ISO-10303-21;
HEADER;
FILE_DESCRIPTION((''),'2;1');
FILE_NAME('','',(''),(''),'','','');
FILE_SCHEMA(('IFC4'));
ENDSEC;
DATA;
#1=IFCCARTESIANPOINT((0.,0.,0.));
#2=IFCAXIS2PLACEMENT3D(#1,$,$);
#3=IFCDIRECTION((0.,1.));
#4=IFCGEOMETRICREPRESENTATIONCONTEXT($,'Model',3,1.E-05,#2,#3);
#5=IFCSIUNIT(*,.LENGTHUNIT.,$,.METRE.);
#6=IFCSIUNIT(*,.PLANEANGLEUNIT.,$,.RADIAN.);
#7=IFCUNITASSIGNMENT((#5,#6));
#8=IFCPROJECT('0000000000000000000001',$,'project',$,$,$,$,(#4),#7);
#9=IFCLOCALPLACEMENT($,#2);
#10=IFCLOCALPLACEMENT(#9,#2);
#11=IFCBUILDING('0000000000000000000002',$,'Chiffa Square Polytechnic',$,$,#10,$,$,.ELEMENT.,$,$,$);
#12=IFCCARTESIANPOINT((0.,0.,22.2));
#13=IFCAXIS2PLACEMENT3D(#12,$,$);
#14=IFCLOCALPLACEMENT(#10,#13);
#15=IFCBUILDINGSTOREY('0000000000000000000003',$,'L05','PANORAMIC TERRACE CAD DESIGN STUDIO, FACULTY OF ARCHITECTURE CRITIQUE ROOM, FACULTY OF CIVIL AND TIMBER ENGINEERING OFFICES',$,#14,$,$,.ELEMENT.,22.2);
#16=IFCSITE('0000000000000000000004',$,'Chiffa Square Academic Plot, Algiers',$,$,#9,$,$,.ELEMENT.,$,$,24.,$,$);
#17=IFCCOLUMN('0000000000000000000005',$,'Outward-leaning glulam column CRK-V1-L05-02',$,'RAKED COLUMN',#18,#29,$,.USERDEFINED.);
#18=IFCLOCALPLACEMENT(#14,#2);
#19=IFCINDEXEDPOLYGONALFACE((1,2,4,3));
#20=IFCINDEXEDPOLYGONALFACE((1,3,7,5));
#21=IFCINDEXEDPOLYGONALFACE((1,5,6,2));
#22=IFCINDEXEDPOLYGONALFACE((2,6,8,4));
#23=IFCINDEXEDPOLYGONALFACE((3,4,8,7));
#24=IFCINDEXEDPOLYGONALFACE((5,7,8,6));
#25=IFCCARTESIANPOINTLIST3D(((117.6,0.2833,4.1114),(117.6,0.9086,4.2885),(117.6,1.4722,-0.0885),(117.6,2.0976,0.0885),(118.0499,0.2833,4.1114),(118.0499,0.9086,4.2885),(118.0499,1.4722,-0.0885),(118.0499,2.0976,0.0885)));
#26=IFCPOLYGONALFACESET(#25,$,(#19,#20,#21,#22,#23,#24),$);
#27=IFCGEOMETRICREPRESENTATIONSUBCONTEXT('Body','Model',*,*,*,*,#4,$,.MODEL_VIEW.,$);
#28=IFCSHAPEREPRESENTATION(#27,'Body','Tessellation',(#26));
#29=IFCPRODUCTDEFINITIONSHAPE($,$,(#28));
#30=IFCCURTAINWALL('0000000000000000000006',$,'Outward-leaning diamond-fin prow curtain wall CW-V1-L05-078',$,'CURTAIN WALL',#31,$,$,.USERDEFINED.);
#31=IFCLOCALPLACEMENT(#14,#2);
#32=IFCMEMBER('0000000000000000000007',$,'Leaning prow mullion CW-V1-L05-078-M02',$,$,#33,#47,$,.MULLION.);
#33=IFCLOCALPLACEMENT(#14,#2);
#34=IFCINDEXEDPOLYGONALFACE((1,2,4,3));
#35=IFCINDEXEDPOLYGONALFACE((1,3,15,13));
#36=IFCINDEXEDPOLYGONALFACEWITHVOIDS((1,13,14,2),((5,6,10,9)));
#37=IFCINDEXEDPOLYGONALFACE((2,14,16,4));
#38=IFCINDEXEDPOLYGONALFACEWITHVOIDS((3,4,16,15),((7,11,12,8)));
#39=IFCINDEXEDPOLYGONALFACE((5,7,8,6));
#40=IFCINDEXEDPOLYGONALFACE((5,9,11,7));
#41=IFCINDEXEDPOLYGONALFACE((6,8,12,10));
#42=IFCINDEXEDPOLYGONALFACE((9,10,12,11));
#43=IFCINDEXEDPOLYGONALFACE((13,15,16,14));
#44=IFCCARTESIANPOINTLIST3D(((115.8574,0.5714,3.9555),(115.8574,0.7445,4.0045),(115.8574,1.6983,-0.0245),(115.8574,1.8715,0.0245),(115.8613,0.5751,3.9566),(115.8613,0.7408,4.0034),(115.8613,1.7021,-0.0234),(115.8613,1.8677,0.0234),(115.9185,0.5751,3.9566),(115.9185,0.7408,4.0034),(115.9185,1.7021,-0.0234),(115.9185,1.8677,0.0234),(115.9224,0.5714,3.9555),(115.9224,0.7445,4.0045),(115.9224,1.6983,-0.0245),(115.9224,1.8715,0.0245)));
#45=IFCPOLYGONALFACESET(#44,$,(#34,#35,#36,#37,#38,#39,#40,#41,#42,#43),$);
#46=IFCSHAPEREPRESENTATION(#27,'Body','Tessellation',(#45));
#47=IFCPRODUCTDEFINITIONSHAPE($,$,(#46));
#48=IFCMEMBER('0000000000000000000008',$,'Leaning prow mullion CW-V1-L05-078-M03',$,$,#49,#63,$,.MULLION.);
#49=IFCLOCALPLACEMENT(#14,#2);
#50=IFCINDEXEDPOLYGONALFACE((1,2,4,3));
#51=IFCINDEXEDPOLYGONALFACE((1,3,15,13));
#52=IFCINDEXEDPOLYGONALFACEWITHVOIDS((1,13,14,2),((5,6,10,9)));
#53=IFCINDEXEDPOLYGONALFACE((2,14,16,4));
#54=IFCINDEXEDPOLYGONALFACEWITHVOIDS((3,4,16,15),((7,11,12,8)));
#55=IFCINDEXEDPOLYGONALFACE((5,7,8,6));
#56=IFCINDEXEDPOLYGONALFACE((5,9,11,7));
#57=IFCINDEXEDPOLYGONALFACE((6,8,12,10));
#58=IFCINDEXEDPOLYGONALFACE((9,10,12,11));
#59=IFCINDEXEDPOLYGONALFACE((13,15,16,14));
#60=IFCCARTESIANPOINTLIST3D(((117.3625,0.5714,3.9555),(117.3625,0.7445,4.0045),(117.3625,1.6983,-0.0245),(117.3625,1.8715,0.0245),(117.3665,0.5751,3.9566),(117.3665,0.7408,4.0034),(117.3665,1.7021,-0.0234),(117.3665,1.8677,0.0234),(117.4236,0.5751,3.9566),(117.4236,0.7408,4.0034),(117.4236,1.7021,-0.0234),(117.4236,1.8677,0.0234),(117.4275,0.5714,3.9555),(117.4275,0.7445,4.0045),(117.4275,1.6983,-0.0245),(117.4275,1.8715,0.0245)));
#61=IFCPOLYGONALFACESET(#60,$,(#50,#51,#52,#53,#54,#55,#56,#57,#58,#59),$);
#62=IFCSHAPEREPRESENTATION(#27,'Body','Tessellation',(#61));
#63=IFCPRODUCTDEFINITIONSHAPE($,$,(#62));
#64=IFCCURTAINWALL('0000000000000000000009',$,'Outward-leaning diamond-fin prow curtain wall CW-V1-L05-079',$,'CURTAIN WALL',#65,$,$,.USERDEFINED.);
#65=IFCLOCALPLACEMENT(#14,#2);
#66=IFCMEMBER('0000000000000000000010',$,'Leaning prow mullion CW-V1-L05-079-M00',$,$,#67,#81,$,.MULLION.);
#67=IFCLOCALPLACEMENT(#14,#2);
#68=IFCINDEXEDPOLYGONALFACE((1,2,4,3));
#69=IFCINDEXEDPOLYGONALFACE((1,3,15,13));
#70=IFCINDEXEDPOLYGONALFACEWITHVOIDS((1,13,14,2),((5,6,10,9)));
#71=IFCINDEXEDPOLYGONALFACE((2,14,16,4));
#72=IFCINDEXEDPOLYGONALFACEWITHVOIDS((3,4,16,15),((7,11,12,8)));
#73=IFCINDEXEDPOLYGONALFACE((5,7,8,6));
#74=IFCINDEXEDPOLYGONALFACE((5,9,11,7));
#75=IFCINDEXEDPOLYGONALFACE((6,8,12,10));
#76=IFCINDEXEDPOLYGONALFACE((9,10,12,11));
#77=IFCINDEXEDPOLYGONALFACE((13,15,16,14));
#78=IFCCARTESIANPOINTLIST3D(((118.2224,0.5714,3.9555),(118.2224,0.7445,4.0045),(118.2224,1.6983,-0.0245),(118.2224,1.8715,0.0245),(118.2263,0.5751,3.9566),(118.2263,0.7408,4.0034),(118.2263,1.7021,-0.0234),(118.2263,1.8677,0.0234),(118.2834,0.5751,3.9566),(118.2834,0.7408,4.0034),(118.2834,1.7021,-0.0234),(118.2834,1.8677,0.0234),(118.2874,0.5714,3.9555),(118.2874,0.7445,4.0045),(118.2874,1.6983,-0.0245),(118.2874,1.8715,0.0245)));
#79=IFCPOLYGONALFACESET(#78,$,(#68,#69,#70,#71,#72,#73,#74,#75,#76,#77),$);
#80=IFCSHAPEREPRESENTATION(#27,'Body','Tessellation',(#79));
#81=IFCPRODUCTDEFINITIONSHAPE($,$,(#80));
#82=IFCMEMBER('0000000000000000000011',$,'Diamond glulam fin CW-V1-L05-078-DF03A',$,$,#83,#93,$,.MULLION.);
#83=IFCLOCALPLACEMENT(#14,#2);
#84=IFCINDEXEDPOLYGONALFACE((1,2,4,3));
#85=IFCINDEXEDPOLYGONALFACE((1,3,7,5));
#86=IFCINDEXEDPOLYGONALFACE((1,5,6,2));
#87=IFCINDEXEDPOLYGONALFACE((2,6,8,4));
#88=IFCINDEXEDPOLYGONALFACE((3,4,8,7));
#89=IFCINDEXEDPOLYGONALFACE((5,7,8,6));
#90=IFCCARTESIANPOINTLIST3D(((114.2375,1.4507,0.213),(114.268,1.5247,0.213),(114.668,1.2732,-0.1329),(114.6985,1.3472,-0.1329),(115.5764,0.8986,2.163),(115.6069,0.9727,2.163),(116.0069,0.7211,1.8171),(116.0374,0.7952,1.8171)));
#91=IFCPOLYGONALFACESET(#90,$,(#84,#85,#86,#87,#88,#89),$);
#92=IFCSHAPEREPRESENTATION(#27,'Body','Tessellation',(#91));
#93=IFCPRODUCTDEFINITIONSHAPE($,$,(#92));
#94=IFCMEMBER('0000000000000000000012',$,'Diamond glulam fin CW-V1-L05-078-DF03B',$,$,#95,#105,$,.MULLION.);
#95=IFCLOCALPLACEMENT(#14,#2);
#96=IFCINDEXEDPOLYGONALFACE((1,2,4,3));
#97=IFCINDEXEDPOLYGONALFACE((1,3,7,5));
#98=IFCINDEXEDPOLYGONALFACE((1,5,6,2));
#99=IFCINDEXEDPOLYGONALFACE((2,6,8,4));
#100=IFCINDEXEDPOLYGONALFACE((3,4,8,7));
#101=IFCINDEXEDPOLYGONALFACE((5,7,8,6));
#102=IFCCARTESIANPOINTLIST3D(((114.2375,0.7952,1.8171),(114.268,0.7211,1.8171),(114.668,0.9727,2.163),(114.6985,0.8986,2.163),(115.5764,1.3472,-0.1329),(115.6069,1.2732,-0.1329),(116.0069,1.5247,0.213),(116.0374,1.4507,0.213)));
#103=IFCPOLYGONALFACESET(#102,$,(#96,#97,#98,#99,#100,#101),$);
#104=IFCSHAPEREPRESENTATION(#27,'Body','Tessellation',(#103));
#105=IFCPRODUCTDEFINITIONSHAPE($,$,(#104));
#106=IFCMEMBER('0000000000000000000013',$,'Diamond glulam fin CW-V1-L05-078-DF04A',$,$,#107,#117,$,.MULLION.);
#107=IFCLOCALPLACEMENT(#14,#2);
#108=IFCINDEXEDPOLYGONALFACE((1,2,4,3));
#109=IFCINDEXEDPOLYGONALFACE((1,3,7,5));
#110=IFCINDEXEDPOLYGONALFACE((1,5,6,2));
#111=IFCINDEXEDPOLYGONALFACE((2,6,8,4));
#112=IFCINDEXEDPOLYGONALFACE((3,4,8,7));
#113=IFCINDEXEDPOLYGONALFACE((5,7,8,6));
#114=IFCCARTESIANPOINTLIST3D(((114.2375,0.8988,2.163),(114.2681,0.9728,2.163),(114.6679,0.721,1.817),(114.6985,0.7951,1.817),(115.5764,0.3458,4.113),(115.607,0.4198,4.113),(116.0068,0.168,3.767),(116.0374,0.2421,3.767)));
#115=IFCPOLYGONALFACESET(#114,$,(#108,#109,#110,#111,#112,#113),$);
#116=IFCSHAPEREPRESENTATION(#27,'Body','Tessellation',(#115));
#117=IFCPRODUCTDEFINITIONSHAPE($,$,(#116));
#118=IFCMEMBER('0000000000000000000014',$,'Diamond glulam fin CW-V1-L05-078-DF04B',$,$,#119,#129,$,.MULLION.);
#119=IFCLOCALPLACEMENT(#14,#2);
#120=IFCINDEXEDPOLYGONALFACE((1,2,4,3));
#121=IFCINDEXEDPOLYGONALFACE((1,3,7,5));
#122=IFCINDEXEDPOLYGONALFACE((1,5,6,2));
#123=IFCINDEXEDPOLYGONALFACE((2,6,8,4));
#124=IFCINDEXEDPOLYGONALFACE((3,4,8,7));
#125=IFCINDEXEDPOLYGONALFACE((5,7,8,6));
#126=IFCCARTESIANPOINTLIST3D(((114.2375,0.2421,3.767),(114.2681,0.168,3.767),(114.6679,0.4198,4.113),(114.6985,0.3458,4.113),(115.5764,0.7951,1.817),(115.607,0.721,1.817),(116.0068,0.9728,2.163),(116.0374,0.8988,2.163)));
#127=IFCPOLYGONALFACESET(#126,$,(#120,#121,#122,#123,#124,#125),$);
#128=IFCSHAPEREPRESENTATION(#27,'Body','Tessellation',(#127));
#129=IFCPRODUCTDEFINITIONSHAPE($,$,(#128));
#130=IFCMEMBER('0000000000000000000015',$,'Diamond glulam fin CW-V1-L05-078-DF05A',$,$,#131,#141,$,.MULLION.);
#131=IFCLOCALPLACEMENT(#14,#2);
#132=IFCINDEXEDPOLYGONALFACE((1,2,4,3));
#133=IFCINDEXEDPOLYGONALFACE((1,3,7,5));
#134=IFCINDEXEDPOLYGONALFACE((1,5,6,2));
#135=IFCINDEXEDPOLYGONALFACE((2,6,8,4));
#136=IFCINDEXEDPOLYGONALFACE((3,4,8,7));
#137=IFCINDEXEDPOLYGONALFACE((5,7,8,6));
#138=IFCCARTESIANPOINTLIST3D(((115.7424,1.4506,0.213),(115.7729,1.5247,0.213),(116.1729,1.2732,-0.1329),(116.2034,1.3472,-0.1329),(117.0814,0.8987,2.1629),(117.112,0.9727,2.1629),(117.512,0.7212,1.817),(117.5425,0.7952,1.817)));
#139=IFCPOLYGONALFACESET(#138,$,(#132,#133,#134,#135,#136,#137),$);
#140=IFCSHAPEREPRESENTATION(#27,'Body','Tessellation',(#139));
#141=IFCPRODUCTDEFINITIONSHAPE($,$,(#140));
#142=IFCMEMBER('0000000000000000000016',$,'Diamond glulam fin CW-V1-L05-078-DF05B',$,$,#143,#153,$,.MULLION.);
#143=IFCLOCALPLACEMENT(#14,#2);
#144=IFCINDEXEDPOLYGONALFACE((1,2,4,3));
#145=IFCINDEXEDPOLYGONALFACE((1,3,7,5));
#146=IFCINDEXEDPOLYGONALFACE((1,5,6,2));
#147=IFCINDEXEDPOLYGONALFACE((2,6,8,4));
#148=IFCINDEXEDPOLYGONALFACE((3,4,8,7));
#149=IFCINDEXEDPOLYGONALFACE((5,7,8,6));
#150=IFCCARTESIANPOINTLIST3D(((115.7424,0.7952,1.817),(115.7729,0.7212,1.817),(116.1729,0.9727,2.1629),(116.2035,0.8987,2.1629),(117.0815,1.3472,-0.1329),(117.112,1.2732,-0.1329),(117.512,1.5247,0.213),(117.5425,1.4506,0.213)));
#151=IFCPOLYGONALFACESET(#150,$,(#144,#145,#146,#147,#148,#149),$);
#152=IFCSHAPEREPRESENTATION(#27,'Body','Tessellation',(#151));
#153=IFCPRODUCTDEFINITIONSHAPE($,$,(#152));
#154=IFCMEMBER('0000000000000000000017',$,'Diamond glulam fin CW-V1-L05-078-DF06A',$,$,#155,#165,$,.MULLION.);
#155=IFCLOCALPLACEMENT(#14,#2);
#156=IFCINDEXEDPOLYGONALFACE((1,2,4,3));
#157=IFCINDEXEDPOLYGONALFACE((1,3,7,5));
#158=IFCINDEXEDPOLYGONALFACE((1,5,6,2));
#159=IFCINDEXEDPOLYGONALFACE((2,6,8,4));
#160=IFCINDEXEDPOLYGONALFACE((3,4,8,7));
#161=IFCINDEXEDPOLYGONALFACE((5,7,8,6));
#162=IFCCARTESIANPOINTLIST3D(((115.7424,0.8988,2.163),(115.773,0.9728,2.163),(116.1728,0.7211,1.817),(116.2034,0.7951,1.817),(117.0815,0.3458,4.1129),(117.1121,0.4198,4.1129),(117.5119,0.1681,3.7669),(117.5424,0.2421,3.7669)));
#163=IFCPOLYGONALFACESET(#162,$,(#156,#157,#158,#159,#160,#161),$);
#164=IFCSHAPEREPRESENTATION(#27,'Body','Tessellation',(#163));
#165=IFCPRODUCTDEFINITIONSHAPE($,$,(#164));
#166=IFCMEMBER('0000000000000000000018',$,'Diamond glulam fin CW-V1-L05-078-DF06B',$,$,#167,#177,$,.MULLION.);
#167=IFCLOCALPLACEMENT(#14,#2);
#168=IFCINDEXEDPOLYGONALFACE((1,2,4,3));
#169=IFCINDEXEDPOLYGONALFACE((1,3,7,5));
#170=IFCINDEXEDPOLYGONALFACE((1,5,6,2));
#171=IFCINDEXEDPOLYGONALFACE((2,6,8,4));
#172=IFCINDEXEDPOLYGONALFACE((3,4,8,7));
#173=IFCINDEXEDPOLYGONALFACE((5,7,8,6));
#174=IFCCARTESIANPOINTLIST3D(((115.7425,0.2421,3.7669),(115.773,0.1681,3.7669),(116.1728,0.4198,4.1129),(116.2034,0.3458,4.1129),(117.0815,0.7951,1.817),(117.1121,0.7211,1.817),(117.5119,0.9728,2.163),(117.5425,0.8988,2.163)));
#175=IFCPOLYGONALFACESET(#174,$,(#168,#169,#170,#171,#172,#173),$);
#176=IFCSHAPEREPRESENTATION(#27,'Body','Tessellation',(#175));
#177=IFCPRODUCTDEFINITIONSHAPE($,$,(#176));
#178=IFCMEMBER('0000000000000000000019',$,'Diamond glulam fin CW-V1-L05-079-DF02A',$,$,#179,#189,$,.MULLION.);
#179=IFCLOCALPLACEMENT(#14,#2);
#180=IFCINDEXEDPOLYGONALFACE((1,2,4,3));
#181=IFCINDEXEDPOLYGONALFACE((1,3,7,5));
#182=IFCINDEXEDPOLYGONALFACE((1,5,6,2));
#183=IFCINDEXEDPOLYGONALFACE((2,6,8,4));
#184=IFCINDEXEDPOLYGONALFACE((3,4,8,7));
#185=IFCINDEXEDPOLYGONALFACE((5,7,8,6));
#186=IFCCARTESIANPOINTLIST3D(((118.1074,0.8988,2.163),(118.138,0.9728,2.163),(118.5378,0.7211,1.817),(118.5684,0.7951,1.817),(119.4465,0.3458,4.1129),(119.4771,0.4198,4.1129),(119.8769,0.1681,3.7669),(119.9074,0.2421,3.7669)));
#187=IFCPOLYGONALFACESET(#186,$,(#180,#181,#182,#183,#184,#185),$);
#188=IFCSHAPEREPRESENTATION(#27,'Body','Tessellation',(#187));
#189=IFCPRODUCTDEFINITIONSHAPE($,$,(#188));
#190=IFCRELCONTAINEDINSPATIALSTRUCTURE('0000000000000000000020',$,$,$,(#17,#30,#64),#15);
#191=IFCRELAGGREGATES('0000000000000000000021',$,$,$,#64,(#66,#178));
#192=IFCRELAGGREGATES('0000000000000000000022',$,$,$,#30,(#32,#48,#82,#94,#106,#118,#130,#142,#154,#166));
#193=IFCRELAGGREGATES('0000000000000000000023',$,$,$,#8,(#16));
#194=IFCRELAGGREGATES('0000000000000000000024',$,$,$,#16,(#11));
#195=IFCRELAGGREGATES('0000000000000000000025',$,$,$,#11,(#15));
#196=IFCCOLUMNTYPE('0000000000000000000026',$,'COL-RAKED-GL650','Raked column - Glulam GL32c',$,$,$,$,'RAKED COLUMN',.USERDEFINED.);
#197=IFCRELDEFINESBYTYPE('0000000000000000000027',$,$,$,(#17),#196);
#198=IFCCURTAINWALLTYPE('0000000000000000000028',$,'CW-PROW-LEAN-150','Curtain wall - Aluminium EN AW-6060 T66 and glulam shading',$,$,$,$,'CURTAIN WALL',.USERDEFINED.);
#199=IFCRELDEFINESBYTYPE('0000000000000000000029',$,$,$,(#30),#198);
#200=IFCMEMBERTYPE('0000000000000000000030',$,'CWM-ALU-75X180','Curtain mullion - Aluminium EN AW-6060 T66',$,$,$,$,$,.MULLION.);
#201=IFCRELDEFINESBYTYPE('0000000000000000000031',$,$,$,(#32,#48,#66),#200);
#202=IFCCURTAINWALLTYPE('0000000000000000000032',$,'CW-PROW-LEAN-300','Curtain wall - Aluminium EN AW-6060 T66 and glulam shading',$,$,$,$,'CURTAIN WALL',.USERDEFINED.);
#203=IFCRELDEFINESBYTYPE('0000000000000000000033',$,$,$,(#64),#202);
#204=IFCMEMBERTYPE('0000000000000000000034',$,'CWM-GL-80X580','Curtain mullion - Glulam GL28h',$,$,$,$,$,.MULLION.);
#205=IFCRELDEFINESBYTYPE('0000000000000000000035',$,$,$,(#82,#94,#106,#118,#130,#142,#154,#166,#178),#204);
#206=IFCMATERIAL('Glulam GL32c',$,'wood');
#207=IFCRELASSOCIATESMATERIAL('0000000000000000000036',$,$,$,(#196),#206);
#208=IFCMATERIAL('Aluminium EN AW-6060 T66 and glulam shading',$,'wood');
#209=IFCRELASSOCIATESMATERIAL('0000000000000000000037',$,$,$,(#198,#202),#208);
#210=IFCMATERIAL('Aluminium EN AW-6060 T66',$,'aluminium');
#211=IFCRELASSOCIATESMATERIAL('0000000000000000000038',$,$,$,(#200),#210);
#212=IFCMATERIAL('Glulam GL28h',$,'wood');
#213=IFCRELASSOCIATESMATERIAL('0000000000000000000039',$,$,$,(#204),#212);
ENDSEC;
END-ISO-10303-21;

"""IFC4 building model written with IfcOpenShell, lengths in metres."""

from ifc_helpers import new_model, si_unit, direction, frame, origin, origin_2d, place, context, subcontext, project, spatial, rectangle, hollow_rectangle, extrude, material, material_profile, profile_set, type_object, element, aggregate, save


model = new_model("IFC4")

# Units and contexts
model_context = context("Model", 3, precision=1e-05, world=origin(), true_north=direction((0.0, 1.0)))
body_context = subcontext(model_context, "Body", "Model", "MODEL_VIEW")
ifc_project = project(units=[si_unit("LENGTHUNIT", "METRE"), si_unit("PLANEANGLEUNIT", "RADIAN")], contexts=[model_context])

# Site, building, storey
site_placement = place(None, origin())
site = spatial("IfcSite", under=ifc_project, at=site_placement, Name="Chiffa Square Academic Plot, Algiers", CompositionType="ELEMENT", RefElevation=24.0)
building_placement = place(site_placement, origin())
building = spatial("IfcBuilding", under=site, at=building_placement, Name="Chiffa Square Polytechnic", CompositionType="ELEMENT")
storey_placement = place(building_placement, frame((0.0, 0.0, 22.2)))
storey = spatial("IfcBuildingStorey", under=building, at=storey_placement, Name="L05", Description="PANORAMIC TERRACE CAD DESIGN STUDIO, FACULTY OF ARCHITECTURE CRITIQUE ROOM, FACULTY OF CIVIL AND TIMBER ENGINEERING OFFICES", CompositionType="ELEMENT", Elevation=22.2)

# Column
ifc_material_1 = material(Name="Glulam GL32c", Category="wood")
ifc_material_profile_1 = material_profile(ifc_material_1, rectangle(XDim=0.45, YDim=0.6499, at=origin_2d()), Name="GL32c 450x650")
ifc_profile_set_1 = profile_set([ifc_material_profile_1], Name="Glulam GL32c")
column_type = type_object("IfcColumnType", Name="COL-RAKED-GL650", Description="Raked column - Glulam GL32c", ElementType="RAKED COLUMN", PredefinedType="USERDEFINED", material=ifc_profile_set_1)
column_placement = place(storey_placement, frame((117.825, 1.7849, 0.0), z_axis=(0.0, -0.272386, 0.962188), x_axis=(1.0, 0.0, 0.0)))
element("IfcColumn", 1, at=column_placement, inside=storey, type_object=column_type, Name="Outward-leaning glulam column CRK-V1-L05-02", ObjectType="RAKED COLUMN", PredefinedType="USERDEFINED", context=body_context, shape_type="SweptSolid", body=[
    extrude(rectangle(XDim=0.45, YDim=0.6499, at=origin_2d()), origin(), (0.0, 0.0, 1.0), 4.365),
])

# Curtain wall, members
ifc_material_2 = material(Name="Aluminium EN AW-6060 T66 and glulam shading", Category="wood")
curtain_wall_type_1 = type_object("IfcCurtainWallType", Name="CW-PROW-LEAN-150", Description="Curtain wall - Aluminium EN AW-6060 T66 and glulam shading", ElementType="CURTAIN WALL", PredefinedType="USERDEFINED", material=ifc_material_2)
curtain_wall_1_placement = place(storey_placement, origin())
curtain_wall_1 = element("IfcCurtainWall", 2, at=curtain_wall_1_placement, inside=storey, type_object=curtain_wall_type_1, Name="Outward-leaning diamond-fin prow curtain wall CW-V1-L05-078", ObjectType="CURTAIN WALL", PredefinedType="USERDEFINED")
ifc_material_3 = material(Name="Aluminium EN AW-6060 T66", Category="aluminium")
ifc_material_profile_2 = material_profile(ifc_material_3, hollow_rectangle(XDim=0.0649, YDim=0.1799, WallThickness=0.0039, at=origin_2d()), Name="ALU 65x180x4")
ifc_profile_set_2 = profile_set([ifc_material_profile_2], Name="Aluminium EN AW-6060 T66")
member_type_1 = type_object("IfcMemberType", Name="CWM-ALU-75X180", Description="Curtain mullion - Aluminium EN AW-6060 T66", PredefinedType="MULLION", material=ifc_profile_set_2)
member_1_placement = place(storey_placement, frame((115.8899, 1.7849, 0.0), z_axis=(0.0, -0.272444, 0.962172), x_axis=(1.0, 0.0, 0.0)))
member_1 = element("IfcMember", 3, at=member_1_placement, type_object=member_type_1, Name="Leaning prow mullion CW-V1-L05-078-M02", PredefinedType="MULLION", context=body_context, shape_type="SweptSolid", body=[
    extrude(hollow_rectangle(XDim=0.0649, YDim=0.1799, WallThickness=0.0039, at=origin_2d()), origin(), (0.0, 0.0, 1.0), 4.1365),
])
member_2_placement = place(storey_placement, frame((117.395, 1.7849, 0.0), z_axis=(0.0, -0.272444, 0.962172), x_axis=(1.0, 0.0, 0.0)))
member_2 = element("IfcMember", 4, at=member_2_placement, type_object=member_type_1, Name="Leaning prow mullion CW-V1-L05-078-M03", PredefinedType="MULLION", context=body_context, shape_type="SweptSolid", body=[
    extrude(hollow_rectangle(XDim=0.0649, YDim=0.1799, WallThickness=0.0039, at=origin_2d()), origin(), (0.0, 0.0, 1.0), 4.1365),
])

# Curtain wall, member
curtain_wall_type_2 = type_object("IfcCurtainWallType", Name="CW-PROW-LEAN-300", Description="Curtain wall - Aluminium EN AW-6060 T66 and glulam shading", ElementType="CURTAIN WALL", PredefinedType="USERDEFINED", material=ifc_material_2)
curtain_wall_2_placement = place(storey_placement, origin())
curtain_wall_2 = element("IfcCurtainWall", 5, at=curtain_wall_2_placement, inside=storey, type_object=curtain_wall_type_2, Name="Outward-leaning diamond-fin prow curtain wall CW-V1-L05-079", ObjectType="CURTAIN WALL", PredefinedType="USERDEFINED")
member_3_placement = place(storey_placement, frame((118.2549, 1.7849, 0.0), z_axis=(0.0, -0.272444, 0.962172), x_axis=(1.0, 0.0, 0.0)))
member_3 = element("IfcMember", 6, at=member_3_placement, type_object=member_type_1, Name="Leaning prow mullion CW-V1-L05-079-M00", PredefinedType="MULLION", context=body_context, shape_type="SweptSolid", body=[
    extrude(hollow_rectangle(XDim=0.0649, YDim=0.1799, WallThickness=0.0039, at=origin_2d()), origin(), (0.0, 0.0, 1.0), 4.1365),
])

# Members
ifc_material_4 = material(Name="Glulam GL28h", Category="wood")
ifc_material_profile_3 = material_profile(ifc_material_4, rectangle(XDim=0.0801, YDim=0.5801, at=origin_2d()), Name="GL28h 80x580")
ifc_profile_set_3 = profile_set([ifc_material_profile_3], Name="Glulam GL28h")
member_type_2 = type_object("IfcMemberType", Name="CWM-GL-80X580", Description="Curtain mullion - Glulam GL28h", PredefinedType="MULLION", material=ifc_profile_set_3)
member_4_placement = place(storey_placement, frame((114.468, 1.3989, 0.04), z_axis=(0.551222, -0.227264, 0.802811), x_axis=(0.381165, 0.924507, 0.0)))
member_4 = element("IfcMember", 7, at=member_4_placement, type_object=member_type_2, Name="Diamond glulam fin CW-V1-L05-078-DF03A", PredefinedType="MULLION", context=body_context, shape_type="SweptSolid", body=[
    extrude(rectangle(XDim=0.0801, YDim=0.5801, at=origin_2d()), origin(), (0.0, 0.0, 1.0), 2.429),
])
member_5_placement = place(storey_placement, frame((115.8069, 1.3989, 0.04), z_axis=(-0.551222, -0.227264, 0.802811), x_axis=(0.381165, -0.924507, 0.0)))
member_5 = element("IfcMember", 8, at=member_5_placement, type_object=member_type_2, Name="Diamond glulam fin CW-V1-L05-078-DF03B", PredefinedType="MULLION", context=body_context, shape_type="SweptSolid", body=[
    extrude(rectangle(XDim=0.0801, YDim=0.5801, at=origin_2d()), origin(), (0.0, 0.0, 1.0), 2.429),
])
member_6_placement = place(storey_placement, frame((114.468, 0.8469, 1.99), z_axis=(0.551172, -0.227645, 0.802737), x_axis=(0.381741, 0.924269, 0.0)))
member_6 = element("IfcMember", 9, at=member_6_placement, type_object=member_type_2, Name="Diamond glulam fin CW-V1-L05-078-DF04A", PredefinedType="MULLION", context=body_context, shape_type="SweptSolid", body=[
    extrude(rectangle(XDim=0.0801, YDim=0.5801, at=origin_2d()), origin(), (0.0, 0.0, 1.0), 2.4292),
])
member_7_placement = place(storey_placement, frame((115.8069, 0.8469, 1.99), z_axis=(-0.551172, -0.227645, 0.802737), x_axis=(0.381741, -0.924269, 0.0)))
member_7 = element("IfcMember", 10, at=member_7_placement, type_object=member_type_2, Name="Diamond glulam fin CW-V1-L05-078-DF04B", PredefinedType="MULLION", context=body_context, shape_type="SweptSolid", body=[
    extrude(rectangle(XDim=0.0801, YDim=0.5801, at=origin_2d()), origin(), (0.0, 0.0, 1.0), 2.4292),
])
member_8_placement = place(storey_placement, frame((115.9729, 1.3989, 0.04), z_axis=(0.551292, -0.227251, 0.802766), x_axis=(0.381106, 0.924531, 0.0)))
member_8 = element("IfcMember", 11, at=member_8_placement, type_object=member_type_2, Name="Diamond glulam fin CW-V1-L05-078-DF05A", PredefinedType="MULLION", context=body_context, shape_type="SweptSolid", body=[
    extrude(rectangle(XDim=0.0801, YDim=0.5801, at=origin_2d()), origin(), (0.0, 0.0, 1.0), 2.429),
])
member_9_placement = place(storey_placement, frame((117.312, 1.3989, 0.04), z_axis=(-0.551292, -0.227251, 0.802766), x_axis=(0.381106, -0.924531, 0.0)))
member_9 = element("IfcMember", 12, at=member_9_placement, type_object=member_type_2, Name="Diamond glulam fin CW-V1-L05-078-DF05B", PredefinedType="MULLION", context=body_context, shape_type="SweptSolid", body=[
    extrude(rectangle(XDim=0.0801, YDim=0.5801, at=origin_2d()), origin(), (0.0, 0.0, 1.0), 2.429),
])
member_10_placement = place(storey_placement, frame((115.9729, 0.8469, 1.99), z_axis=(0.551242, -0.227632, 0.802693), x_axis=(0.381682, 0.924294, 0.0)))
member_10 = element("IfcMember", 13, at=member_10_placement, type_object=member_type_2, Name="Diamond glulam fin CW-V1-L05-078-DF06A", PredefinedType="MULLION", context=body_context, shape_type="SweptSolid", body=[
    extrude(rectangle(XDim=0.0801, YDim=0.5801, at=origin_2d()), origin(), (0.0, 0.0, 1.0), 2.4292),
])
member_11_placement = place(storey_placement, frame((117.312, 0.8469, 1.99), z_axis=(-0.551242, -0.227632, 0.802693), x_axis=(0.381682, -0.924294, 0.0)))
member_11 = element("IfcMember", 14, at=member_11_placement, type_object=member_type_2, Name="Diamond glulam fin CW-V1-L05-078-DF06B", PredefinedType="MULLION", context=body_context, shape_type="SweptSolid", body=[
    extrude(rectangle(XDim=0.0801, YDim=0.5801, at=origin_2d()), origin(), (0.0, 0.0, 1.0), 2.4292),
])
member_12_placement = place(storey_placement, frame((118.3379, 0.8469, 1.99), z_axis=(0.551242, -0.227632, 0.802693), x_axis=(0.381682, 0.924294, 0.0)))
member_12 = element("IfcMember", 15, at=member_12_placement, type_object=member_type_2, Name="Diamond glulam fin CW-V1-L05-079-DF02A", PredefinedType="MULLION", context=body_context, shape_type="SweptSolid", body=[
    extrude(rectangle(XDim=0.0801, YDim=0.5801, at=origin_2d()), origin(), (0.0, 0.0, 1.0), 2.4292),
])

aggregate(curtain_wall_2, [member_3, member_12])
aggregate(curtain_wall_1, [member_1, member_2, member_4, member_5, member_6, member_7, member_8, member_9, member_10, member_11])

save(model, "model.ifc")
